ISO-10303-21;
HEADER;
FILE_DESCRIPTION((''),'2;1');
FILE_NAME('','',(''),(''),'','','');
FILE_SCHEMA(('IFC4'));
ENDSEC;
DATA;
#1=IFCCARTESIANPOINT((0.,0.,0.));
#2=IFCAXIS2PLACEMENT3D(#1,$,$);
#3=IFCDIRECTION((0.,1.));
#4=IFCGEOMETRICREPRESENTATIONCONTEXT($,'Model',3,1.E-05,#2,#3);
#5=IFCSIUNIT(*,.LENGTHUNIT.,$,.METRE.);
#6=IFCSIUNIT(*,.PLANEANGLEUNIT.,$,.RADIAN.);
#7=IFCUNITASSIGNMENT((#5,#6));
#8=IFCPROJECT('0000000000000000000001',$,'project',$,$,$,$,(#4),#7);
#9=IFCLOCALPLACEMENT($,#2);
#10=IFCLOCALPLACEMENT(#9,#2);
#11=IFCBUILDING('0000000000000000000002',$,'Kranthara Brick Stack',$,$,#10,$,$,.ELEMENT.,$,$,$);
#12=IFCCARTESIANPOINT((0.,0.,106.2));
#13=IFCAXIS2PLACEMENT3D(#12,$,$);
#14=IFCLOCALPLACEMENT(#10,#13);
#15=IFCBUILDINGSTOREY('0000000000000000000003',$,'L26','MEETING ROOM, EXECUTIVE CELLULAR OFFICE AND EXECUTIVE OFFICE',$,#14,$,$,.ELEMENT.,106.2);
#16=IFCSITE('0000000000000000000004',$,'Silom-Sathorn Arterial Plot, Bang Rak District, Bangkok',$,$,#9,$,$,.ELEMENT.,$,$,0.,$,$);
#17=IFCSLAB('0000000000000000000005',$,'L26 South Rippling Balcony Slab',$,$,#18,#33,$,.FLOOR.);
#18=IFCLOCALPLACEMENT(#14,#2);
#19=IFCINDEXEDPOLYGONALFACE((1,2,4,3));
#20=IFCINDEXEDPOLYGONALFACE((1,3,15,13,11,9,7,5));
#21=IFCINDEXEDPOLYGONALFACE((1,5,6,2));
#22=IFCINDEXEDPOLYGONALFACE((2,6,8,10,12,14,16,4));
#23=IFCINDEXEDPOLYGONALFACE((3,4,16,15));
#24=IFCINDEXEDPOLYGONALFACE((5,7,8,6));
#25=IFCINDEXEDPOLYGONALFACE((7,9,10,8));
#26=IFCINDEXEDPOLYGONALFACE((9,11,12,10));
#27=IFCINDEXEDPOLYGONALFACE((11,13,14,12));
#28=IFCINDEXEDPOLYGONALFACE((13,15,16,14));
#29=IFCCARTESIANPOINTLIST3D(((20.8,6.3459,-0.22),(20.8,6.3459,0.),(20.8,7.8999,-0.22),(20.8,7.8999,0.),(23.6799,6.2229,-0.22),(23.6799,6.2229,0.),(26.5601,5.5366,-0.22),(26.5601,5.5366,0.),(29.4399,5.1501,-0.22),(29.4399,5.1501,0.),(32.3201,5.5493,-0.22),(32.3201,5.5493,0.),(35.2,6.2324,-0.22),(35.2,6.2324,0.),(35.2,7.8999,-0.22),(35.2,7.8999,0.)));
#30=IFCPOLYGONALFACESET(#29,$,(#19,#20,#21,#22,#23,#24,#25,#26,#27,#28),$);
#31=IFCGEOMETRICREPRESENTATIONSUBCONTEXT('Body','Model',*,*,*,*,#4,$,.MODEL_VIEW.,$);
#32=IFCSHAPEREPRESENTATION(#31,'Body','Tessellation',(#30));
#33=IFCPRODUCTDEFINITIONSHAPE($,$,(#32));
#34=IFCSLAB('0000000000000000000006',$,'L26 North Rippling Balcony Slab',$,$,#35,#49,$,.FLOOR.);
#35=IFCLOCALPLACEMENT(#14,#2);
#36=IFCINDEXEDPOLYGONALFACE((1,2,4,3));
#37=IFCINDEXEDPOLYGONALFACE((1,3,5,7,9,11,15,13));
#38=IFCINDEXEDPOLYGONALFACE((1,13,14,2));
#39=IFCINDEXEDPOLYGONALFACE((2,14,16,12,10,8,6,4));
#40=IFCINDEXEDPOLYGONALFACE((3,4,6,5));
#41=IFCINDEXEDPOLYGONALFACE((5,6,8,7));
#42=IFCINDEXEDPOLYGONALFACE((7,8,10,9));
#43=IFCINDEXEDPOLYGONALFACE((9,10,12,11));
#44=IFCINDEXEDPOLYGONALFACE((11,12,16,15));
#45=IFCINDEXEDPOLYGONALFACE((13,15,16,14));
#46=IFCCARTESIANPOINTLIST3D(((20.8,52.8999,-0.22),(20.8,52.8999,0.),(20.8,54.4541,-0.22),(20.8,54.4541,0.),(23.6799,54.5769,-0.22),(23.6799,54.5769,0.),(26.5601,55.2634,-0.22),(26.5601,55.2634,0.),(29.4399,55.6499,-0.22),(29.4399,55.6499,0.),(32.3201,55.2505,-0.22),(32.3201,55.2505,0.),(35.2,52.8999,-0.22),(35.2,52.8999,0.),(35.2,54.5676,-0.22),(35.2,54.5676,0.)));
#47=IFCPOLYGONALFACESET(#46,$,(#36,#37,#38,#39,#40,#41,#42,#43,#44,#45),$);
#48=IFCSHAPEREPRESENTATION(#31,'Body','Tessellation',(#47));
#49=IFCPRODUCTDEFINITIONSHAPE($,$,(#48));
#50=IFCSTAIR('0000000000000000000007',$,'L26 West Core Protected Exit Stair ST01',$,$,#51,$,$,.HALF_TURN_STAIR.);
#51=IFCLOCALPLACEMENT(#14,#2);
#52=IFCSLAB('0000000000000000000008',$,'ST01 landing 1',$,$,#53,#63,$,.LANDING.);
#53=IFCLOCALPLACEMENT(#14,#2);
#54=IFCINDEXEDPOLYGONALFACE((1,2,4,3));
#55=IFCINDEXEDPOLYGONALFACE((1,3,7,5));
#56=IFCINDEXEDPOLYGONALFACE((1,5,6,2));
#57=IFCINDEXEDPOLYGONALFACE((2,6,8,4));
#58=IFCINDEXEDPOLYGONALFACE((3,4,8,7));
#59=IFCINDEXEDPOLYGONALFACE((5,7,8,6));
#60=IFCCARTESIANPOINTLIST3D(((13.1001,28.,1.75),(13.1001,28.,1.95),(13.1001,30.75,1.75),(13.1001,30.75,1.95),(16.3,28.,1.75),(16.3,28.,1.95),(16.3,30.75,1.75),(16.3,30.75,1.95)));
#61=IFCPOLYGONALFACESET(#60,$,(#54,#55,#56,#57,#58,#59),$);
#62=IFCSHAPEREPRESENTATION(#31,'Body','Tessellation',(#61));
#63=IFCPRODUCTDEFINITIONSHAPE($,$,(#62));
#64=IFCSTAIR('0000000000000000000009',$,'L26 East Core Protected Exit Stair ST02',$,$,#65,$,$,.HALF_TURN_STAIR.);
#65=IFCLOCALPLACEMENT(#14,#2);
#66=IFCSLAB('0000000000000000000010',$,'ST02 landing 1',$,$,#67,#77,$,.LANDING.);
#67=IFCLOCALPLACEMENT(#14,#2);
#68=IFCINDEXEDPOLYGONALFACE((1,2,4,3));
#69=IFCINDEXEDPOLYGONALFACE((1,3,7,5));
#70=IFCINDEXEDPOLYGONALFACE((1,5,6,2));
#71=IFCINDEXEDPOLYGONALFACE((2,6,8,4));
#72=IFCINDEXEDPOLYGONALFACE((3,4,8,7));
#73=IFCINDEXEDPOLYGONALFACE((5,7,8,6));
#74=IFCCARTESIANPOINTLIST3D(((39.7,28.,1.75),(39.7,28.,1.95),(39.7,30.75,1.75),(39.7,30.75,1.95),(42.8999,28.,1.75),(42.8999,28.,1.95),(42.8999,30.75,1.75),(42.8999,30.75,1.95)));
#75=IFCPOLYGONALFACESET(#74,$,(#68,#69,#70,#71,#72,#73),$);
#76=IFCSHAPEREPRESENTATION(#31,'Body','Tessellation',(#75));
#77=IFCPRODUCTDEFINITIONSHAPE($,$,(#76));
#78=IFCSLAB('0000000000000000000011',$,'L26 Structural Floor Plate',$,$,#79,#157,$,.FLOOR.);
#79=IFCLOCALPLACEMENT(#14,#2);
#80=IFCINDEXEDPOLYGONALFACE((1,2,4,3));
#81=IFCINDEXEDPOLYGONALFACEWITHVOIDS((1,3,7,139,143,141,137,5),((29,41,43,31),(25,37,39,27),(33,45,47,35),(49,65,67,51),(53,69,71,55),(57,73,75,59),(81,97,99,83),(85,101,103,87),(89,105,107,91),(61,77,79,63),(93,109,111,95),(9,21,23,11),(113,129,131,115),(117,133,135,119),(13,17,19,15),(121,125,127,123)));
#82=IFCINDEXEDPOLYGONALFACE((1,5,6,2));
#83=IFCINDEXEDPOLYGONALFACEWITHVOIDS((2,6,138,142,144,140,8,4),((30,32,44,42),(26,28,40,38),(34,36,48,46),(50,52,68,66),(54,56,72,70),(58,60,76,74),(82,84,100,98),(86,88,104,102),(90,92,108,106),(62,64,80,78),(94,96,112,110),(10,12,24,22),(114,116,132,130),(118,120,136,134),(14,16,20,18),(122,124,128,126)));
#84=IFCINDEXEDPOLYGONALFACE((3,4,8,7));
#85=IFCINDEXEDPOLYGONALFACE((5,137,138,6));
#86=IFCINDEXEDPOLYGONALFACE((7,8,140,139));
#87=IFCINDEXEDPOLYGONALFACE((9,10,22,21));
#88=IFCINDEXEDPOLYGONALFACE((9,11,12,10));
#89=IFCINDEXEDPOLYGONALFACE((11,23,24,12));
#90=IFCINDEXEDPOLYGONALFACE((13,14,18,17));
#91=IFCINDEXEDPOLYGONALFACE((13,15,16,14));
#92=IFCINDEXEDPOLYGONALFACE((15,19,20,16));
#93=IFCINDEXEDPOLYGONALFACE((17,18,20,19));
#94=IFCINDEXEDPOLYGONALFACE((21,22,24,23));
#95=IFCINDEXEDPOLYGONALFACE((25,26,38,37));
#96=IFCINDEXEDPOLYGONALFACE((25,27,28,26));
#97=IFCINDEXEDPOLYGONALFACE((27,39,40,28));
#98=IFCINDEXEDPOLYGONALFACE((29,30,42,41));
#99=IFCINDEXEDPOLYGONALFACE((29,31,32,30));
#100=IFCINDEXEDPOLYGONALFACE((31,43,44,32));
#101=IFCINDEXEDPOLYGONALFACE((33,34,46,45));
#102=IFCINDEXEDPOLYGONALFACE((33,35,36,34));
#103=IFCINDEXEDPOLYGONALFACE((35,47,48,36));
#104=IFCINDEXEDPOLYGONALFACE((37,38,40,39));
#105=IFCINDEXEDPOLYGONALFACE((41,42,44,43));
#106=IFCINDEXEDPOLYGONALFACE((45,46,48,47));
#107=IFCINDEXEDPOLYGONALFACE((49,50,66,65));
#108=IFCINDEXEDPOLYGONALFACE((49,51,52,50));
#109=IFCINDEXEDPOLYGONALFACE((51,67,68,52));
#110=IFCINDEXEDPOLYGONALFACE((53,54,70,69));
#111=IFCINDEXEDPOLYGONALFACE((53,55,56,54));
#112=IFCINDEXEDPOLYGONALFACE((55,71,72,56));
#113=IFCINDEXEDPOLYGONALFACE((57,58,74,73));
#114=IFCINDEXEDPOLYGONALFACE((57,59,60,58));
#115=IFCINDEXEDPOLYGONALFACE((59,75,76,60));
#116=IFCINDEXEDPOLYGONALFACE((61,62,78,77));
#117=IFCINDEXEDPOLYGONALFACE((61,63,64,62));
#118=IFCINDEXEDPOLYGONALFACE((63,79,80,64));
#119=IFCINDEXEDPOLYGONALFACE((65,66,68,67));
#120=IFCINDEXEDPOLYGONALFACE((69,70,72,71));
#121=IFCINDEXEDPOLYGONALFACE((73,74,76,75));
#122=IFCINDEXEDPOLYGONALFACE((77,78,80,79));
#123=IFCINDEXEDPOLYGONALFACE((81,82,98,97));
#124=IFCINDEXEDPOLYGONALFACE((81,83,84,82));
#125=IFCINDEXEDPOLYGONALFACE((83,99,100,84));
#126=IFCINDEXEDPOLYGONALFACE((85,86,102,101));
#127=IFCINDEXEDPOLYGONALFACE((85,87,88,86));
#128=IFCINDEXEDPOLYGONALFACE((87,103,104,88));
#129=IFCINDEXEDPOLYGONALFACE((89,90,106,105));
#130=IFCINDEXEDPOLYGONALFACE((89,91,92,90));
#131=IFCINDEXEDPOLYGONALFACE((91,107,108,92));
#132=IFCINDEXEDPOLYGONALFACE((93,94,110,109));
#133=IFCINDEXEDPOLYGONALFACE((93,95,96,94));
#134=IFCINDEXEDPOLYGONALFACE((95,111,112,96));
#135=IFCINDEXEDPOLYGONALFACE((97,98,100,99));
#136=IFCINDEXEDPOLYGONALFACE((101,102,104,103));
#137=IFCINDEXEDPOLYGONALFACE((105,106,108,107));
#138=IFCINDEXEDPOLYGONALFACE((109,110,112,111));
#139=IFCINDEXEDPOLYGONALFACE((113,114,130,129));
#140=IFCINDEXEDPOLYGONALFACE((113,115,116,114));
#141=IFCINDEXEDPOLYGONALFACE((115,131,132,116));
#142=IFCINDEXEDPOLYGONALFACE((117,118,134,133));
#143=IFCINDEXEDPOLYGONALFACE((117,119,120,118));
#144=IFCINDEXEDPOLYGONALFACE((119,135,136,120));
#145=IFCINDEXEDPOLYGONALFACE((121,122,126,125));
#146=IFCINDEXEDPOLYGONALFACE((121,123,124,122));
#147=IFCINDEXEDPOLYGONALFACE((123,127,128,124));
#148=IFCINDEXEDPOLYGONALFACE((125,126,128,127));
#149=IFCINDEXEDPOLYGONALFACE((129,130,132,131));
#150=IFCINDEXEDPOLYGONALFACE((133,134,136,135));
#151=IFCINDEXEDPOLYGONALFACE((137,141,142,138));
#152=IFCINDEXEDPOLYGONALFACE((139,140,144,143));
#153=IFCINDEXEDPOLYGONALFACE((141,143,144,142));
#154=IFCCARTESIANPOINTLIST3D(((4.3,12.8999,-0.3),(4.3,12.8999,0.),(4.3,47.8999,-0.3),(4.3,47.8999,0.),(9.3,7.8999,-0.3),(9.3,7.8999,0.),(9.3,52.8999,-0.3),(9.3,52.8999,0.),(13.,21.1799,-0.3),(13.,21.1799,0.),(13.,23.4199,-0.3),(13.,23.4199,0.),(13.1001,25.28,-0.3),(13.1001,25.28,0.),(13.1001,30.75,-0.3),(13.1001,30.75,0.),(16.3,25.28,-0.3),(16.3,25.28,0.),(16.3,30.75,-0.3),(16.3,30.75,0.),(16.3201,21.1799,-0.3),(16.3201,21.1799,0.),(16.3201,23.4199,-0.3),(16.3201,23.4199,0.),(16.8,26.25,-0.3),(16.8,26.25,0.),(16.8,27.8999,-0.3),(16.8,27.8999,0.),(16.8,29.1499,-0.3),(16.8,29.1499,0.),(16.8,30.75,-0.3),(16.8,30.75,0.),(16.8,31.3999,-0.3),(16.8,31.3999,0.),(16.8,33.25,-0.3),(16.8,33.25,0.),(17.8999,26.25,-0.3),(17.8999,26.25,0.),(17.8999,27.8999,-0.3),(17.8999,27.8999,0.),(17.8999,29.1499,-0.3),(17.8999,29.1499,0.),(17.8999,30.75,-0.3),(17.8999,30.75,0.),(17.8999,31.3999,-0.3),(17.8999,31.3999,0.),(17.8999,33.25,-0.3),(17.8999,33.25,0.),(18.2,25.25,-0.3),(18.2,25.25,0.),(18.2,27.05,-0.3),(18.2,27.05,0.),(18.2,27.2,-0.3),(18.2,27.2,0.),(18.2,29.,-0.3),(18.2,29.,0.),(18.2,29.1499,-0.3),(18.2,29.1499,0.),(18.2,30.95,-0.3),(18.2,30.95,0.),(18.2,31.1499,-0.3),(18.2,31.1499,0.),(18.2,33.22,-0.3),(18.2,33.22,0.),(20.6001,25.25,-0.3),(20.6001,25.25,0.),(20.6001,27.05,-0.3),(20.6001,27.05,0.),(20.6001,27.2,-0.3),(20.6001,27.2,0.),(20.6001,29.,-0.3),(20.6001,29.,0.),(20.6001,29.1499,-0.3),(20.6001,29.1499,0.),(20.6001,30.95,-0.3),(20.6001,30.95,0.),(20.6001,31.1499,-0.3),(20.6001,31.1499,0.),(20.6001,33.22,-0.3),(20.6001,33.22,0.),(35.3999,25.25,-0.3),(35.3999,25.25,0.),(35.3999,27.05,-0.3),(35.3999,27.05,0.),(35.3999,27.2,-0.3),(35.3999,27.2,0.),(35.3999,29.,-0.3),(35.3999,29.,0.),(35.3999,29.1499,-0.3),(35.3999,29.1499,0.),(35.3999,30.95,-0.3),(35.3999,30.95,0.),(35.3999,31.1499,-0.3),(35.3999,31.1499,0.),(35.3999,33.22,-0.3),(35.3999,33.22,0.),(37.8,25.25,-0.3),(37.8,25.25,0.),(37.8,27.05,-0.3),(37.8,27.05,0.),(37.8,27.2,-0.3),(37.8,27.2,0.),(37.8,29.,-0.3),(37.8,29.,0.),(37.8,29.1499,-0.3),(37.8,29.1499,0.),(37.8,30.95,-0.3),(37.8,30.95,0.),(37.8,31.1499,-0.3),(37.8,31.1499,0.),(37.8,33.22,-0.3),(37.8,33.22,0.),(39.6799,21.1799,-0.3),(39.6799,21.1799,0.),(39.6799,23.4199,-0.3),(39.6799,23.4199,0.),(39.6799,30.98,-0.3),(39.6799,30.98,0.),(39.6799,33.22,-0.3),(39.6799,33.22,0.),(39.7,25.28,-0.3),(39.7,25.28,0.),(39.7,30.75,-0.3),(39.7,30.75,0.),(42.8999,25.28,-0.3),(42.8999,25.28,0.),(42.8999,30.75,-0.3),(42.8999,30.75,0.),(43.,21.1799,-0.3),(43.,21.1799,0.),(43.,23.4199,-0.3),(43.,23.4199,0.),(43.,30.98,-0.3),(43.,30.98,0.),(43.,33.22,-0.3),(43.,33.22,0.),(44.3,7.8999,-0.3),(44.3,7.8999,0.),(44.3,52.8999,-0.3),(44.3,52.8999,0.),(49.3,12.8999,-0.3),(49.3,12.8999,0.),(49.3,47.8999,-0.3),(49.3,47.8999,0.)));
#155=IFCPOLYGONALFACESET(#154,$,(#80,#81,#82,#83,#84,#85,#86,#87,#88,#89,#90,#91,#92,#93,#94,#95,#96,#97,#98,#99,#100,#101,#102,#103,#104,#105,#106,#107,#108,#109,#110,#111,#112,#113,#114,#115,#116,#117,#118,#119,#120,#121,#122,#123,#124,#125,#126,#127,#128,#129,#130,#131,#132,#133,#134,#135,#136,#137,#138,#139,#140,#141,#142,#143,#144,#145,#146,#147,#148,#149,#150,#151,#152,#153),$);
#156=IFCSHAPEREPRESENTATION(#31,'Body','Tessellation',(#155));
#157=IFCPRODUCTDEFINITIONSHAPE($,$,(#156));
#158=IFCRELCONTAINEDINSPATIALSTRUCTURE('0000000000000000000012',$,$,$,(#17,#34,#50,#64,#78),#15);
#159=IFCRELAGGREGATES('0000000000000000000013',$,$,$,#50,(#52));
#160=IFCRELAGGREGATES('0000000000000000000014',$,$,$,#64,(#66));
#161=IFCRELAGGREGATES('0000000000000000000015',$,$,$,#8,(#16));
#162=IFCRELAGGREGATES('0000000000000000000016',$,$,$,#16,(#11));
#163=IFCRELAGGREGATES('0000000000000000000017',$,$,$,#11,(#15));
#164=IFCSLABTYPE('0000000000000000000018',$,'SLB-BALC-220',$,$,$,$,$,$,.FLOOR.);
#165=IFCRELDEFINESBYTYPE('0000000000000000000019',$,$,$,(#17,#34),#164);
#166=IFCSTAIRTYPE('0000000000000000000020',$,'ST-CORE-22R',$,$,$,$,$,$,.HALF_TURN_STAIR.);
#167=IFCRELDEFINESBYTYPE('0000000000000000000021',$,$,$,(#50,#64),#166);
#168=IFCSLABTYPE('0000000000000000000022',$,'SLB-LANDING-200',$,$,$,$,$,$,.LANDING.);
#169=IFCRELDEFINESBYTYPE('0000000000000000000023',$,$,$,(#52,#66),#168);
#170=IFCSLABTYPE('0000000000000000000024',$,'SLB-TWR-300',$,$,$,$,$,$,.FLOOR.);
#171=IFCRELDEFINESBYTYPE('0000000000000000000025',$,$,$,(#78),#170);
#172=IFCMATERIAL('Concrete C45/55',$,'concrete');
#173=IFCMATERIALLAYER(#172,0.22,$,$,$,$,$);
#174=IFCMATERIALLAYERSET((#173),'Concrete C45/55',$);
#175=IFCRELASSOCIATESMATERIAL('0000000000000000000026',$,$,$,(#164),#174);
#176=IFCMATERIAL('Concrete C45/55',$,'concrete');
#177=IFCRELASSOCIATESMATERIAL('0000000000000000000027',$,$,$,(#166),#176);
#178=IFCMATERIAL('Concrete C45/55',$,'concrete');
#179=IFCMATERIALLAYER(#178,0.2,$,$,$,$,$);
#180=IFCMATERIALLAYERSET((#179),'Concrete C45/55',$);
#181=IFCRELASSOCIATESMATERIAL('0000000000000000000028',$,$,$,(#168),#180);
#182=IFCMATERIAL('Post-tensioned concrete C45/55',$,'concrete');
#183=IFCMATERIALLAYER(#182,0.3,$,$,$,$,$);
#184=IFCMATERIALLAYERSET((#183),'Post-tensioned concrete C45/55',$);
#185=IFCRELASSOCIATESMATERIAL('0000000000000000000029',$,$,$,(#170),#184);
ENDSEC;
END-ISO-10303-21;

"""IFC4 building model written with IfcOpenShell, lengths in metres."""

from ifc_helpers import new_model, si_unit, direction, frame, origin, place, context, subcontext, project, spatial, polyline, outline, extrude, material, layer, layer_set, type_object, element, aggregate, save


model = new_model("IFC4")

# Units and contexts
model_context = context("Model", 3, precision=1e-05, world=origin(), true_north=direction((0.0, 1.0)))
body_context = subcontext(model_context, "Body", "Model", "MODEL_VIEW")
ifc_project = project(units=[si_unit("LENGTHUNIT", "METRE"), si_unit("PLANEANGLEUNIT", "RADIAN")], contexts=[model_context])

# Site, building, storey
site_placement = place(None, origin())
site = spatial("IfcSite", under=ifc_project, at=site_placement, Name="Silom-Sathorn Arterial Plot, Bang Rak District, Bangkok", CompositionType="ELEMENT", RefElevation=0.0)
building_placement = place(site_placement, origin())
building = spatial("IfcBuilding", under=site, at=building_placement, Name="Kranthara Brick Stack", CompositionType="ELEMENT")
storey_placement = place(building_placement, frame((0.0, 0.0, 106.2)))
storey = spatial("IfcBuildingStorey", under=building, at=storey_placement, Name="L26", Description="MEETING ROOM, EXECUTIVE CELLULAR OFFICE AND EXECUTIVE OFFICE", CompositionType="ELEMENT", Elevation=106.2)

# Slabs
ifc_material_1 = material(Name="Concrete C45/55", Category="concrete")
ifc_layer_1 = layer(ifc_material_1, 0.22)
ifc_layer_set_1 = layer_set([ifc_layer_1], Name="Concrete C45/55")
slab_type_1 = type_object("IfcSlabType", Name="SLB-BALC-220", PredefinedType="FLOOR", material=ifc_layer_set_1)
slab_1_placement = place(storey_placement, frame((0.0, 0.0, -0.22)))
element("IfcSlab", 1, at=slab_1_placement, inside=storey, type_object=slab_type_1, Name="L26 South Rippling Balcony Slab", PredefinedType="FLOOR", context=body_context, shape_type="SweptSolid", body=[
    extrude(outline(polyline([(20.8, 7.8999), (35.2, 7.8999), (35.2, 6.2324), (32.3201, 5.5493), (29.4399, 5.1501), (26.5601, 5.5366), (23.6799, 6.2229), (20.8, 6.3459), (20.8, 7.8999)])), origin(), (0.0, 0.0, 1.0), 0.22),
])
slab_2_placement = place(storey_placement, frame((0.0, 0.0, -0.22)))
element("IfcSlab", 2, at=slab_2_placement, inside=storey, type_object=slab_type_1, Name="L26 North Rippling Balcony Slab", PredefinedType="FLOOR", context=body_context, shape_type="SweptSolid", body=[
    extrude(outline(polyline([(35.2, 52.8999), (20.8, 52.8999), (20.8, 54.4541), (23.6799, 54.5769), (26.5601, 55.2634), (29.4399, 55.6499), (32.3201, 55.2505), (35.2, 54.5676), (35.2, 52.8999)])), origin(), (0.0, 0.0, 1.0), 0.22),
])

# Stairs, slabs
ifc_material_2 = material(Name="Concrete C45/55", Category="concrete")
stair_type = type_object("IfcStairType", Name="ST-CORE-22R", PredefinedType="HALF_TURN_STAIR", material=ifc_material_2)
stair_1_placement = place(storey_placement, origin())
stair_1 = element("IfcStair", 3, at=stair_1_placement, inside=storey, type_object=stair_type, Name="L26 West Core Protected Exit Stair ST01", PredefinedType="HALF_TURN_STAIR")
ifc_material_3 = material(Name="Concrete C45/55", Category="concrete")
ifc_layer_2 = layer(ifc_material_3, 0.2)
ifc_layer_set_2 = layer_set([ifc_layer_2], Name="Concrete C45/55")
slab_type_2 = type_object("IfcSlabType", Name="SLB-LANDING-200", PredefinedType="LANDING", material=ifc_layer_set_2)
slab_3_placement = place(storey_placement, frame((0.0, 0.0, 1.75)))
slab_3 = element("IfcSlab", 4, at=slab_3_placement, type_object=slab_type_2, Name="ST01 landing 1", PredefinedType="LANDING", context=body_context, shape_type="SweptSolid", body=[
    extrude(outline(polyline([(16.3, 28.0), (16.3, 30.75), (13.1001, 30.75), (13.1001, 28.0), (16.3, 28.0)])), origin(), (0.0, 0.0, 1.0), 0.2),
])
aggregate(stair_1, [slab_3])
stair_2_placement = place(storey_placement, origin())
stair_2 = element("IfcStair", 5, at=stair_2_placement, inside=storey, type_object=stair_type, Name="L26 East Core Protected Exit Stair ST02", PredefinedType="HALF_TURN_STAIR")
slab_4_placement = place(storey_placement, frame((0.0, 0.0, 1.75)))
slab_4 = element("IfcSlab", 6, at=slab_4_placement, type_object=slab_type_2, Name="ST02 landing 1", PredefinedType="LANDING", context=body_context, shape_type="SweptSolid", body=[
    extrude(outline(polyline([(42.8999, 28.0), (42.8999, 30.75), (39.7, 30.75), (39.7, 28.0), (42.8999, 28.0)])), origin(), (0.0, 0.0, 1.0), 0.2),
])
aggregate(stair_2, [slab_4])

# Slab
ifc_material_4 = material(Name="Post-tensioned concrete C45/55", Category="concrete")
ifc_layer_3 = layer(ifc_material_4, 0.3)
ifc_layer_set_3 = layer_set([ifc_layer_3], Name="Post-tensioned concrete C45/55")
slab_type_3 = type_object("IfcSlabType", Name="SLB-TWR-300", PredefinedType="FLOOR", material=ifc_layer_set_3)
slab_5_placement = place(storey_placement, frame((0.0, 0.0, -0.3)))
element("IfcSlab", 7, at=slab_5_placement, inside=storey, type_object=slab_type_3, Name="L26 Structural Floor Plate", PredefinedType="FLOOR", context=body_context, shape_type="SweptSolid", body=[
    extrude(outline(polyline([(9.3, 7.8999), (44.3, 7.8999), (49.3, 12.8999), (49.3, 47.8999), (44.3, 52.8999), (9.3, 52.8999), (4.3, 47.8999), (4.3, 12.8999), (9.3, 7.8999)]), holes=[polyline([(13.1001, 25.28), (16.3, 25.28), (16.3, 30.75), (13.1001, 30.75), (13.1001, 25.28)]), polyline([(39.7, 25.28), (42.8999, 25.28), (42.8999, 30.75), (39.7, 30.75), (39.7, 25.28)]), polyline([(13.0, 21.1799), (16.3201, 21.1799), (16.3201, 23.4199), (13.0, 23.4199), (13.0, 21.1799)]), polyline([(39.6799, 21.1799), (43.0, 21.1799), (43.0, 23.4199), (39.6799, 23.4199), (39.6799, 21.1799)]), polyline([(39.6799, 30.98), (43.0, 30.98), (43.0, 33.22), (39.6799, 33.22), (39.6799, 30.98)]), polyline([(18.2, 25.25), (20.6001, 25.25), (20.6001, 27.05), (18.2, 27.05), (18.2, 25.25)]), polyline([(18.2, 27.2), (20.6001, 27.2), (20.6001, 29.0), (18.2, 29.0), (18.2, 27.2)]), polyline([(18.2, 29.1499), (20.6001, 29.1499), (20.6001, 30.95), (18.2, 30.95), (18.2, 29.1499)]), polyline([(35.3999, 25.25), (37.8, 25.25), (37.8, 27.05), (35.3999, 27.05), (35.3999, 25.25)]), polyline([(35.3999, 27.2), (37.8, 27.2), (37.8, 29.0), (35.3999, 29.0), (35.3999, 27.2)]), polyline([(35.3999, 29.1499), (37.8, 29.1499), (37.8, 30.95), (35.3999, 30.95), (35.3999, 29.1499)]), polyline([(18.2, 31.1499), (20.6001, 31.1499), (20.6001, 33.22), (18.2, 33.22), (18.2, 31.1499)]), polyline([(35.3999, 31.1499), (37.8, 31.1499), (37.8, 33.22), (35.3999, 33.22), (35.3999, 31.1499)]), polyline([(16.8, 26.25), (17.8999, 26.25), (17.8999, 27.8999), (16.8, 27.8999), (16.8, 26.25)]), polyline([(16.8, 29.1499), (17.8999, 29.1499), (17.8999, 30.75), (16.8, 30.75), (16.8, 29.1499)]), polyline([(16.8, 31.3999), (17.8999, 31.3999), (17.8999, 33.25), (16.8, 33.25), (16.8, 31.3999)])]), origin(), (0.0, 0.0, 1.0), 0.3),
])

save(model, "model.ifc")
